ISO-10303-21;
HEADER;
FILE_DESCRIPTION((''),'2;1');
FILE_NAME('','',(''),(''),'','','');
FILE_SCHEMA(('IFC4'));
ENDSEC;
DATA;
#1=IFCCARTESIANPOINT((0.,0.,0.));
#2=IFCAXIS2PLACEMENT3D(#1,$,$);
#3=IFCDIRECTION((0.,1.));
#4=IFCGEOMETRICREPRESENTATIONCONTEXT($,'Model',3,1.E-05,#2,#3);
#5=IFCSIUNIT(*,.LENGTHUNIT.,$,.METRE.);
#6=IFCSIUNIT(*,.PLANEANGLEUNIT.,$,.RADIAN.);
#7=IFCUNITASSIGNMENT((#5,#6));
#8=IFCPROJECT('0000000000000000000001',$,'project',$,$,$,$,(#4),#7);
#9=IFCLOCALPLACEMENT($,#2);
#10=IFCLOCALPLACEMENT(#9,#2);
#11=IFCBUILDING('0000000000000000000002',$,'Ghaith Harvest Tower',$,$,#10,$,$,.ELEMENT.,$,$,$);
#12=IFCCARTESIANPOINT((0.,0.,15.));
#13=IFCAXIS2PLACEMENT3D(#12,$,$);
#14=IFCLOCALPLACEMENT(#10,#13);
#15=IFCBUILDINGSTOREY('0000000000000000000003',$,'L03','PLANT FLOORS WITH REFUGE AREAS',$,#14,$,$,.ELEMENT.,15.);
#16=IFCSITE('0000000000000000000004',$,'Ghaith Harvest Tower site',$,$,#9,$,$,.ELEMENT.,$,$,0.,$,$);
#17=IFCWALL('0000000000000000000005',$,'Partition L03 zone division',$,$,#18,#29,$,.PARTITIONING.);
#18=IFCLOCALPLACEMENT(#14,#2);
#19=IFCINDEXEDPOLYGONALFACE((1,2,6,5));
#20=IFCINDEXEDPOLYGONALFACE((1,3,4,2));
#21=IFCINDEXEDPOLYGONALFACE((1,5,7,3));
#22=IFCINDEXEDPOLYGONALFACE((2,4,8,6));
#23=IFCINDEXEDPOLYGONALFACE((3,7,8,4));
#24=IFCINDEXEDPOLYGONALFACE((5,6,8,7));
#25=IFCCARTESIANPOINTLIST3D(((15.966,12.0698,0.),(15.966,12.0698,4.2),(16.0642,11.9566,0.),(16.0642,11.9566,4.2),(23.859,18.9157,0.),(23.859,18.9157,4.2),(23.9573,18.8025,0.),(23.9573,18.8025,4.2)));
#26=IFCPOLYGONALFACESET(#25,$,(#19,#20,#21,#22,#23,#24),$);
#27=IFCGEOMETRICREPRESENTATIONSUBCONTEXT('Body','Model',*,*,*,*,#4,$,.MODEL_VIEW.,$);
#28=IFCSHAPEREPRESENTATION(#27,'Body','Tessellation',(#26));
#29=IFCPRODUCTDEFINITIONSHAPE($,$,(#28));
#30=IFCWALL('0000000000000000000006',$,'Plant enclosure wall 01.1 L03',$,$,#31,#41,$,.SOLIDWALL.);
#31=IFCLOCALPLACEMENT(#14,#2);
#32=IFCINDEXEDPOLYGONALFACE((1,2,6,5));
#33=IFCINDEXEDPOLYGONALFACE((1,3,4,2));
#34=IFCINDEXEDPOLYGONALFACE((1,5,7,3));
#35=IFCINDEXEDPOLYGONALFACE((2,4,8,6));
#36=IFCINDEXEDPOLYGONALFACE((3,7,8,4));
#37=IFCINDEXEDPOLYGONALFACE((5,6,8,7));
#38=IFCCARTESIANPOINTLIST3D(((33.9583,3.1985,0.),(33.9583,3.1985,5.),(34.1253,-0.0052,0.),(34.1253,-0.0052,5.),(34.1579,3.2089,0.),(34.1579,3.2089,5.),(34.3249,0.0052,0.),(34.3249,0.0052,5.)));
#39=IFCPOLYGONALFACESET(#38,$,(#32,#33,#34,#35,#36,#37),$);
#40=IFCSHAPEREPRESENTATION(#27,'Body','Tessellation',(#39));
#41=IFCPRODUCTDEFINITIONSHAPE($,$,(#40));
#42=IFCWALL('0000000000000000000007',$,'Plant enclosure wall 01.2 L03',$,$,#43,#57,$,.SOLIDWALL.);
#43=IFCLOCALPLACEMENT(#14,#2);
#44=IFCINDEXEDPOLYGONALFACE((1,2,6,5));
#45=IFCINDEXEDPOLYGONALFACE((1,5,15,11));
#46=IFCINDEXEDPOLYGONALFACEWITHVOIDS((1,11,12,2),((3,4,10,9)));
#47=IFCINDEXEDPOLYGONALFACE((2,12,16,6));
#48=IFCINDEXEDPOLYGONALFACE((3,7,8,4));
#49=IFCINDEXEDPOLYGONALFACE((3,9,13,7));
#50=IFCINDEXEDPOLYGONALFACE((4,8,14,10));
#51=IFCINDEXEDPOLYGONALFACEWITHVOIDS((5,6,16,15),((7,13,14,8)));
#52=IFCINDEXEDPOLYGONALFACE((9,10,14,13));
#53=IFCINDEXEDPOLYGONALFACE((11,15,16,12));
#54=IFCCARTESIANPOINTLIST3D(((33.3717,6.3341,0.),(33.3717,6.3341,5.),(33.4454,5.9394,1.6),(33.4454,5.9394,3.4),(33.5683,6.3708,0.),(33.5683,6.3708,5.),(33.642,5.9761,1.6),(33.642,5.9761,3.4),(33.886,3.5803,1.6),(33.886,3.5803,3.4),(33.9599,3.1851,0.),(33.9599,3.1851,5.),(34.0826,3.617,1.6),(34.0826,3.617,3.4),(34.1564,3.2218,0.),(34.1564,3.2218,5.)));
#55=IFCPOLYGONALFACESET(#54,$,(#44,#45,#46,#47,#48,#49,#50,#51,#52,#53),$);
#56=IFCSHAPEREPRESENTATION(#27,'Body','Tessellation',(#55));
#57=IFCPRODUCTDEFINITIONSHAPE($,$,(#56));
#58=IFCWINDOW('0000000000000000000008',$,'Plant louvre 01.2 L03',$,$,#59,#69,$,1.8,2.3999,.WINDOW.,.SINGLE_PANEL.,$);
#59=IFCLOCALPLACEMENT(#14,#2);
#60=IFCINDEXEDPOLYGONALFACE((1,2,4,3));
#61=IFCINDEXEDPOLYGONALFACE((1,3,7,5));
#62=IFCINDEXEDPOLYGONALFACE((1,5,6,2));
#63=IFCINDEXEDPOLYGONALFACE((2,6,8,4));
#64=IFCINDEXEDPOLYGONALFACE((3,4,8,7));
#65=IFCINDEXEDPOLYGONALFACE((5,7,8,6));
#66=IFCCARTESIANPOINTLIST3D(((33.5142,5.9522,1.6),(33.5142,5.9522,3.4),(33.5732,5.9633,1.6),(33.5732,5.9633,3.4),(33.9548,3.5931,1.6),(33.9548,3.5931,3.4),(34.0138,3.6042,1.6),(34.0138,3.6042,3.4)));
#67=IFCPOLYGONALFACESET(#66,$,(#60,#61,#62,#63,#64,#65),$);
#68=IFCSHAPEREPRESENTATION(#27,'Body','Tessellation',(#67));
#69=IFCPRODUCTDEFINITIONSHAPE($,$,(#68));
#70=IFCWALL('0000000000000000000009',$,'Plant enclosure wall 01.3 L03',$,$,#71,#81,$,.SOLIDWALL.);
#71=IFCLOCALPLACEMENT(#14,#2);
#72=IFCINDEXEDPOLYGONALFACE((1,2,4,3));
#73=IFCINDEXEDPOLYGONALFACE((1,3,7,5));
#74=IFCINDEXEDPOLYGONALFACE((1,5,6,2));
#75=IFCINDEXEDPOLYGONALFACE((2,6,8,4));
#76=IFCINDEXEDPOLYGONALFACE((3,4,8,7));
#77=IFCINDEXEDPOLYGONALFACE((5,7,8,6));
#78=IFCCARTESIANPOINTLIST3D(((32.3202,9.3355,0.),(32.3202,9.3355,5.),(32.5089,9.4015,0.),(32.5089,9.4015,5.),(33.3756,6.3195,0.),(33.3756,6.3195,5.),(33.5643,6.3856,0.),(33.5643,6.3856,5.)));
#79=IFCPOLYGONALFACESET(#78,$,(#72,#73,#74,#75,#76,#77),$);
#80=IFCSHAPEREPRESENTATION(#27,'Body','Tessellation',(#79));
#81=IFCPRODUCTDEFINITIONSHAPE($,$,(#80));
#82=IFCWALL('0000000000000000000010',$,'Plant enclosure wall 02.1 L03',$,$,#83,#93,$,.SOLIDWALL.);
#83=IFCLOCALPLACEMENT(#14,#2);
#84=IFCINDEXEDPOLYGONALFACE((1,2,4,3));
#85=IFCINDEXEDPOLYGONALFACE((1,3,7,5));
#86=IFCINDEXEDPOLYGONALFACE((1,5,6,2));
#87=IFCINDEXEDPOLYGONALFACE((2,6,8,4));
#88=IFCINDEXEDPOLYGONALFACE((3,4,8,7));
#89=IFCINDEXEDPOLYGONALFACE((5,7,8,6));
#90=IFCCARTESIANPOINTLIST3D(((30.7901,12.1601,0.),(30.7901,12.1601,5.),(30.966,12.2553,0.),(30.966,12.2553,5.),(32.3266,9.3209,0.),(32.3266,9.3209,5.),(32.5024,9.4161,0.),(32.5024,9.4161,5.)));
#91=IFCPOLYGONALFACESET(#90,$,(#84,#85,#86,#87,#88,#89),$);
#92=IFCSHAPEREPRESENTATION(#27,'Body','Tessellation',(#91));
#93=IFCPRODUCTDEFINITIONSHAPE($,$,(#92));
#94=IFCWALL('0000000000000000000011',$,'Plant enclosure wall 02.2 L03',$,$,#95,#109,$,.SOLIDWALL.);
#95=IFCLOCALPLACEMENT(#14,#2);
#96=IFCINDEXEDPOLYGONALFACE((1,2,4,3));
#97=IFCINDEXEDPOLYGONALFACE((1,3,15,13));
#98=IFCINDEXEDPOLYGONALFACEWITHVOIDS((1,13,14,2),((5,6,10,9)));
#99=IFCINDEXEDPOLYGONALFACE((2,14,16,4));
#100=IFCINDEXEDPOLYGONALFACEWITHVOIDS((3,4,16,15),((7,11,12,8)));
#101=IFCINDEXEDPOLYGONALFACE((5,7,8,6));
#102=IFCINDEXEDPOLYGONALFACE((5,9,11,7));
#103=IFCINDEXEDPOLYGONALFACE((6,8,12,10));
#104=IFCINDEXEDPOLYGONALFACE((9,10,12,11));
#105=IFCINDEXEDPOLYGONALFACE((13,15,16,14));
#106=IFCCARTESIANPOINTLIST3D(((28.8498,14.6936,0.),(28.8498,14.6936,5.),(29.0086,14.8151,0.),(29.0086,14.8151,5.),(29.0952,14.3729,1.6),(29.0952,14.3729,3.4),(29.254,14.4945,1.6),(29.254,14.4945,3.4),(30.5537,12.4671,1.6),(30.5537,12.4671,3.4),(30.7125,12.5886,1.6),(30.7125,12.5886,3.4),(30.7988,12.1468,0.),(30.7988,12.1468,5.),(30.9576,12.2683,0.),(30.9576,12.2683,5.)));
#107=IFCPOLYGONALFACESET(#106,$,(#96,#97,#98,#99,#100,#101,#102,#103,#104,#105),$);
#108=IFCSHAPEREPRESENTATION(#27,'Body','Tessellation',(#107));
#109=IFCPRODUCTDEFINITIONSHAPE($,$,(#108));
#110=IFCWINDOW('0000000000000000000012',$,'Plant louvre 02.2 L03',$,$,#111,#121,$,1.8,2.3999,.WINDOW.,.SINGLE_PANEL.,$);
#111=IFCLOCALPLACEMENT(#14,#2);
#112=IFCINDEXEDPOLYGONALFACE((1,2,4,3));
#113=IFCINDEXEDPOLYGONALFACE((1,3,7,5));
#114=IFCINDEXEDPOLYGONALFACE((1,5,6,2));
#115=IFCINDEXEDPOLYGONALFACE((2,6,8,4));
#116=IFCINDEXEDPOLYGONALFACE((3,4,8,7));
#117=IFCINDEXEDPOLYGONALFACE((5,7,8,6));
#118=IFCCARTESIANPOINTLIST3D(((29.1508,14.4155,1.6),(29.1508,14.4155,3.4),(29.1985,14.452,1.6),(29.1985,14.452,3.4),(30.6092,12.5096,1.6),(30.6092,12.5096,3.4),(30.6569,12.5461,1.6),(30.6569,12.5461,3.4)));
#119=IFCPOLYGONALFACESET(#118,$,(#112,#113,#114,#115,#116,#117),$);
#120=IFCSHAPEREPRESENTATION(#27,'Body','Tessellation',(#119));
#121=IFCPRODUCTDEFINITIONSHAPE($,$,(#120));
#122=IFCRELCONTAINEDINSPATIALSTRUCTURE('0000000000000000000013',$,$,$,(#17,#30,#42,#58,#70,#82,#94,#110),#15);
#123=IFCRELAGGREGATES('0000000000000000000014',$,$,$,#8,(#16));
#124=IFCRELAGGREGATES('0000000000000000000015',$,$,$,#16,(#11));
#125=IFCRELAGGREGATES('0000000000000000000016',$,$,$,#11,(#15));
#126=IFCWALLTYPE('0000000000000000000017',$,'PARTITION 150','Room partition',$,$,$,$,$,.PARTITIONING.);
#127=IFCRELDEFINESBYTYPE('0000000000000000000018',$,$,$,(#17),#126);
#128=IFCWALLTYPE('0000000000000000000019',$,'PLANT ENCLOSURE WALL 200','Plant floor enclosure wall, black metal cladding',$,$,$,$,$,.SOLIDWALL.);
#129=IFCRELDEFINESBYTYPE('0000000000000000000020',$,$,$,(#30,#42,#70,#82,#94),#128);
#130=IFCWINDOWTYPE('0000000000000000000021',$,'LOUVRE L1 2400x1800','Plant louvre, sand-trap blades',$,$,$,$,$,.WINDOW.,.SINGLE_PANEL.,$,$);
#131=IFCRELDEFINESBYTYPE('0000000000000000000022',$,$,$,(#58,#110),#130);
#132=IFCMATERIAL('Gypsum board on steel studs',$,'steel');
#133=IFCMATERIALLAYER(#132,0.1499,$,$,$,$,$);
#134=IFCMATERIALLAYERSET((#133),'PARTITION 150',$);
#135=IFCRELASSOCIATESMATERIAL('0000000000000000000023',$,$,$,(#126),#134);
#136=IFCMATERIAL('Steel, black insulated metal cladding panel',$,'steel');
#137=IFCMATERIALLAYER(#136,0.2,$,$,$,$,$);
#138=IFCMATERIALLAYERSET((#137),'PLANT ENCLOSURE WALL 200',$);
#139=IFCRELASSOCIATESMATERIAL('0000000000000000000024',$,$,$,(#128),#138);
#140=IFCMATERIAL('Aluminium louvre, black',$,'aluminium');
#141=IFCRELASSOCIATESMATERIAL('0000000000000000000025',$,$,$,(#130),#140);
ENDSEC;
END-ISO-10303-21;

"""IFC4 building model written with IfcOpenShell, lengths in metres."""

from ifc_helpers import new_model, si_unit, direction, frame, frame_2d, origin, place, context, subcontext, project, spatial, rectangle, extrude, material, layer, layer_set, type_object, element, fill, save


model = new_model("IFC4")

# Units and contexts
model_context = context("Model", 3, precision=1e-05, world=origin(), true_north=direction((0.0, 1.0)))
body_context = subcontext(model_context, "Body", "Model", "MODEL_VIEW")
ifc_project = project(units=[si_unit("LENGTHUNIT", "METRE"), si_unit("PLANEANGLEUNIT", "RADIAN")], contexts=[model_context])

# Site, building, storey
site_placement = place(None, origin())
site = spatial("IfcSite", under=ifc_project, at=site_placement, Name="Ghaith Harvest Tower site", CompositionType="ELEMENT", RefElevation=0.0)
building_placement = place(site_placement, origin())
building = spatial("IfcBuilding", under=site, at=building_placement, Name="Ghaith Harvest Tower", CompositionType="ELEMENT")
storey_placement = place(building_placement, frame((0.0, 0.0, 15.0)))
storey = spatial("IfcBuildingStorey", under=building, at=storey_placement, Name="L03", Description="PLANT FLOORS WITH REFUGE AREAS", CompositionType="ELEMENT", Elevation=15.0)

# Walls
ifc_material_1 = material(Name="Gypsum board on steel studs", Category="steel")
ifc_layer_1 = layer(ifc_material_1, 0.1499)
ifc_layer_set_1 = layer_set([ifc_layer_1], Name="PARTITION 150")
wall_type_1 = type_object("IfcWallType", Name="PARTITION 150", Description="Room partition", PredefinedType="PARTITIONING", material=ifc_layer_set_1)
wall_1_placement = place(storey_placement, frame((16.0151, 12.0132, 0.0), z_axis=(0.0, 0.0, 1.0), x_axis=(0.755438, 0.65522, 0.0)))
element("IfcWall", 1, at=wall_1_placement, inside=storey, type_object=wall_type_1, Name="Partition L03 zone division", PredefinedType="PARTITIONING", context=body_context, shape_type="SweptSolid", body=[
    extrude(rectangle(XDim=10.4482, YDim=0.1499, at=frame_2d((5.2241, 0.0))), origin(), (0.0, 0.0, 1.0), 4.2),
])
ifc_material_2 = material(Name="Steel, black insulated metal cladding panel", Category="steel")
ifc_layer_2 = layer(ifc_material_2, 0.2)
ifc_layer_set_2 = layer_set([ifc_layer_2], Name="PLANT ENCLOSURE WALL 200")
wall_type_2 = type_object("IfcWallType", Name="PLANT ENCLOSURE WALL 200", Description="Plant floor enclosure wall, black metal cladding", PredefinedType="SOLIDWALL", material=ifc_layer_set_2)
wall_2_placement = place(storey_placement, frame((34.2251, 0.0, 0.0), z_axis=(0.0, 0.0, 1.0), x_axis=(-0.052056, 0.998644, 0.0)))
element("IfcWall", 2, at=wall_2_placement, inside=storey, type_object=wall_type_2, Name="Plant enclosure wall 01.1 L03", PredefinedType="SOLIDWALL", context=body_context, shape_type="SweptSolid", body=[
    extrude(rectangle(XDim=3.208, YDim=0.2, at=frame_2d((1.604, 0.0))), origin(), (0.0, 0.0, 1.0), 5.0),
])

# Wall, opening, window
wall_3_placement = place(storey_placement, frame((34.0581, 3.2036, 0.0), z_axis=(0.0, 0.0, 1.0), x_axis=(-0.183598, 0.983001, 0.0)))
wall_3 = element("IfcWall", 3, at=wall_3_placement, inside=storey, type_object=wall_type_2, Name="Plant enclosure wall 01.2 L03", PredefinedType="SOLIDWALL", context=body_context, shape_type="SweptSolid", body=[
    extrude(rectangle(XDim=3.2034, YDim=0.2, at=frame_2d((1.6016, 0.0))), origin(), (0.0, 0.0, 1.0), 5.0),
])
opening_1_placement = place(wall_3_placement, frame((0.4019, 0.0, 1.6001)))
opening_1 = element("IfcOpeningElement", 4, at=opening_1_placement, cuts=wall_3, PredefinedType="OPENING", context=body_context, shape_type="SweptSolid", body=[
    extrude(rectangle(XDim=2.3999, YDim=1.8, at=frame_2d((1.2, 0.8999))), frame((0.0, 0.1099, 0.0), z_axis=(0.0, -1.0, 0.0), x_axis=(1.0, 0.0, 0.0)), (0.0, 0.0, 1.0), 0.22),
])
ifc_material_3 = material(Name="Aluminium louvre, black", Category="aluminium")
window_type = type_object("IfcWindowType", Name="LOUVRE L1 2400x1800", Description="Plant louvre, sand-trap blades", PartitioningType="SINGLE_PANEL", PredefinedType="WINDOW", material=ifc_material_3)
window_1_placement = place(opening_1_placement, origin())
window_1 = element("IfcWindow", 5, at=window_1_placement, inside=storey, type_object=window_type, Name="Plant louvre 01.2 L03", OverallHeight=1.8, OverallWidth=2.3999, PartitioningType="SINGLE_PANEL", PredefinedType="WINDOW", context=body_context, shape_type="SweptSolid", body=[
    extrude(rectangle(XDim=2.3999, YDim=1.8, at=frame_2d((1.2, 0.8999))), frame((0.0, 0.03, 0.0), z_axis=(0.0, -1.0, 0.0), x_axis=(1.0, 0.0, 0.0)), (0.0, 0.0, 1.0), 0.0601),
])
fill(opening_1, window_1)

# Walls
wall_4_placement = place(storey_placement, frame((33.47, 6.3525, 0.0), z_axis=(0.0, 0.0, 1.0), x_axis=(-0.330313, 0.943871, 0.0)))
element("IfcWall", 6, at=wall_4_placement, inside=storey, type_object=wall_type_2, Name="Plant enclosure wall 01.3 L03", PredefinedType="SOLIDWALL", context=body_context, shape_type="SweptSolid", body=[
    extrude(rectangle(XDim=3.1953, YDim=0.2, at=frame_2d((1.5977, 0.0))), origin(), (0.0, 0.0, 1.0), 5.0),
])
wall_5_placement = place(storey_placement, frame((32.4146, 9.3684, 0.0), z_axis=(0.0, 0.0, 1.0), x_axis=(-0.47593, 0.879483, 0.0)))
element("IfcWall", 7, at=wall_5_placement, inside=storey, type_object=wall_type_2, Name="Plant enclosure wall 02.1 L03", PredefinedType="SOLIDWALL", context=body_context, shape_type="SweptSolid", body=[
    extrude(rectangle(XDim=3.2283, YDim=0.2, at=frame_2d((1.6143, 0.0))), origin(), (0.0, 0.0, 1.0), 5.0),
])

# Wall, opening, window
wall_6_placement = place(storey_placement, frame((30.8782, 12.2075, 0.0), z_axis=(0.0, 0.0, 1.0), x_axis=(-0.607719, 0.794153, 0.0)))
wall_6 = element("IfcWall", 8, at=wall_6_placement, inside=storey, type_object=wall_type_2, Name="Plant enclosure wall 02.2 L03", PredefinedType="SOLIDWALL", context=body_context, shape_type="SweptSolid", body=[
    extrude(rectangle(XDim=3.207, YDim=0.2, at=frame_2d((1.6035, 0.0))), origin(), (0.0, 0.0, 1.0), 5.0),
])
opening_2_placement = place(wall_6_placement, frame((0.4033, 0.0, 1.6001)))
opening_2 = element("IfcOpeningElement", 9, at=opening_2_placement, cuts=wall_6, PredefinedType="OPENING", context=body_context, shape_type="SweptSolid", body=[
    extrude(rectangle(XDim=2.3999, YDim=1.8, at=frame_2d((1.2, 0.8999))), frame((0.0, 0.1099, 0.0), z_axis=(0.0, -1.0, 0.0), x_axis=(1.0, 0.0, 0.0)), (0.0, 0.0, 1.0), 0.22),
])
window_2_placement = place(opening_2_placement, origin())
window_2 = element("IfcWindow", 10, at=window_2_placement, inside=storey, type_object=window_type, Name="Plant louvre 02.2 L03", OverallHeight=1.8, OverallWidth=2.3999, PartitioningType="SINGLE_PANEL", PredefinedType="WINDOW", context=body_context, shape_type="SweptSolid", body=[
    extrude(rectangle(XDim=2.3999, YDim=1.8, at=frame_2d((1.2, 0.8999))), frame((0.0, 0.03, 0.0), z_axis=(0.0, -1.0, 0.0), x_axis=(1.0, 0.0, 0.0)), (0.0, 0.0, 1.0), 0.0601),
])
fill(opening_2, window_2)

save(model, "model.ifc")
